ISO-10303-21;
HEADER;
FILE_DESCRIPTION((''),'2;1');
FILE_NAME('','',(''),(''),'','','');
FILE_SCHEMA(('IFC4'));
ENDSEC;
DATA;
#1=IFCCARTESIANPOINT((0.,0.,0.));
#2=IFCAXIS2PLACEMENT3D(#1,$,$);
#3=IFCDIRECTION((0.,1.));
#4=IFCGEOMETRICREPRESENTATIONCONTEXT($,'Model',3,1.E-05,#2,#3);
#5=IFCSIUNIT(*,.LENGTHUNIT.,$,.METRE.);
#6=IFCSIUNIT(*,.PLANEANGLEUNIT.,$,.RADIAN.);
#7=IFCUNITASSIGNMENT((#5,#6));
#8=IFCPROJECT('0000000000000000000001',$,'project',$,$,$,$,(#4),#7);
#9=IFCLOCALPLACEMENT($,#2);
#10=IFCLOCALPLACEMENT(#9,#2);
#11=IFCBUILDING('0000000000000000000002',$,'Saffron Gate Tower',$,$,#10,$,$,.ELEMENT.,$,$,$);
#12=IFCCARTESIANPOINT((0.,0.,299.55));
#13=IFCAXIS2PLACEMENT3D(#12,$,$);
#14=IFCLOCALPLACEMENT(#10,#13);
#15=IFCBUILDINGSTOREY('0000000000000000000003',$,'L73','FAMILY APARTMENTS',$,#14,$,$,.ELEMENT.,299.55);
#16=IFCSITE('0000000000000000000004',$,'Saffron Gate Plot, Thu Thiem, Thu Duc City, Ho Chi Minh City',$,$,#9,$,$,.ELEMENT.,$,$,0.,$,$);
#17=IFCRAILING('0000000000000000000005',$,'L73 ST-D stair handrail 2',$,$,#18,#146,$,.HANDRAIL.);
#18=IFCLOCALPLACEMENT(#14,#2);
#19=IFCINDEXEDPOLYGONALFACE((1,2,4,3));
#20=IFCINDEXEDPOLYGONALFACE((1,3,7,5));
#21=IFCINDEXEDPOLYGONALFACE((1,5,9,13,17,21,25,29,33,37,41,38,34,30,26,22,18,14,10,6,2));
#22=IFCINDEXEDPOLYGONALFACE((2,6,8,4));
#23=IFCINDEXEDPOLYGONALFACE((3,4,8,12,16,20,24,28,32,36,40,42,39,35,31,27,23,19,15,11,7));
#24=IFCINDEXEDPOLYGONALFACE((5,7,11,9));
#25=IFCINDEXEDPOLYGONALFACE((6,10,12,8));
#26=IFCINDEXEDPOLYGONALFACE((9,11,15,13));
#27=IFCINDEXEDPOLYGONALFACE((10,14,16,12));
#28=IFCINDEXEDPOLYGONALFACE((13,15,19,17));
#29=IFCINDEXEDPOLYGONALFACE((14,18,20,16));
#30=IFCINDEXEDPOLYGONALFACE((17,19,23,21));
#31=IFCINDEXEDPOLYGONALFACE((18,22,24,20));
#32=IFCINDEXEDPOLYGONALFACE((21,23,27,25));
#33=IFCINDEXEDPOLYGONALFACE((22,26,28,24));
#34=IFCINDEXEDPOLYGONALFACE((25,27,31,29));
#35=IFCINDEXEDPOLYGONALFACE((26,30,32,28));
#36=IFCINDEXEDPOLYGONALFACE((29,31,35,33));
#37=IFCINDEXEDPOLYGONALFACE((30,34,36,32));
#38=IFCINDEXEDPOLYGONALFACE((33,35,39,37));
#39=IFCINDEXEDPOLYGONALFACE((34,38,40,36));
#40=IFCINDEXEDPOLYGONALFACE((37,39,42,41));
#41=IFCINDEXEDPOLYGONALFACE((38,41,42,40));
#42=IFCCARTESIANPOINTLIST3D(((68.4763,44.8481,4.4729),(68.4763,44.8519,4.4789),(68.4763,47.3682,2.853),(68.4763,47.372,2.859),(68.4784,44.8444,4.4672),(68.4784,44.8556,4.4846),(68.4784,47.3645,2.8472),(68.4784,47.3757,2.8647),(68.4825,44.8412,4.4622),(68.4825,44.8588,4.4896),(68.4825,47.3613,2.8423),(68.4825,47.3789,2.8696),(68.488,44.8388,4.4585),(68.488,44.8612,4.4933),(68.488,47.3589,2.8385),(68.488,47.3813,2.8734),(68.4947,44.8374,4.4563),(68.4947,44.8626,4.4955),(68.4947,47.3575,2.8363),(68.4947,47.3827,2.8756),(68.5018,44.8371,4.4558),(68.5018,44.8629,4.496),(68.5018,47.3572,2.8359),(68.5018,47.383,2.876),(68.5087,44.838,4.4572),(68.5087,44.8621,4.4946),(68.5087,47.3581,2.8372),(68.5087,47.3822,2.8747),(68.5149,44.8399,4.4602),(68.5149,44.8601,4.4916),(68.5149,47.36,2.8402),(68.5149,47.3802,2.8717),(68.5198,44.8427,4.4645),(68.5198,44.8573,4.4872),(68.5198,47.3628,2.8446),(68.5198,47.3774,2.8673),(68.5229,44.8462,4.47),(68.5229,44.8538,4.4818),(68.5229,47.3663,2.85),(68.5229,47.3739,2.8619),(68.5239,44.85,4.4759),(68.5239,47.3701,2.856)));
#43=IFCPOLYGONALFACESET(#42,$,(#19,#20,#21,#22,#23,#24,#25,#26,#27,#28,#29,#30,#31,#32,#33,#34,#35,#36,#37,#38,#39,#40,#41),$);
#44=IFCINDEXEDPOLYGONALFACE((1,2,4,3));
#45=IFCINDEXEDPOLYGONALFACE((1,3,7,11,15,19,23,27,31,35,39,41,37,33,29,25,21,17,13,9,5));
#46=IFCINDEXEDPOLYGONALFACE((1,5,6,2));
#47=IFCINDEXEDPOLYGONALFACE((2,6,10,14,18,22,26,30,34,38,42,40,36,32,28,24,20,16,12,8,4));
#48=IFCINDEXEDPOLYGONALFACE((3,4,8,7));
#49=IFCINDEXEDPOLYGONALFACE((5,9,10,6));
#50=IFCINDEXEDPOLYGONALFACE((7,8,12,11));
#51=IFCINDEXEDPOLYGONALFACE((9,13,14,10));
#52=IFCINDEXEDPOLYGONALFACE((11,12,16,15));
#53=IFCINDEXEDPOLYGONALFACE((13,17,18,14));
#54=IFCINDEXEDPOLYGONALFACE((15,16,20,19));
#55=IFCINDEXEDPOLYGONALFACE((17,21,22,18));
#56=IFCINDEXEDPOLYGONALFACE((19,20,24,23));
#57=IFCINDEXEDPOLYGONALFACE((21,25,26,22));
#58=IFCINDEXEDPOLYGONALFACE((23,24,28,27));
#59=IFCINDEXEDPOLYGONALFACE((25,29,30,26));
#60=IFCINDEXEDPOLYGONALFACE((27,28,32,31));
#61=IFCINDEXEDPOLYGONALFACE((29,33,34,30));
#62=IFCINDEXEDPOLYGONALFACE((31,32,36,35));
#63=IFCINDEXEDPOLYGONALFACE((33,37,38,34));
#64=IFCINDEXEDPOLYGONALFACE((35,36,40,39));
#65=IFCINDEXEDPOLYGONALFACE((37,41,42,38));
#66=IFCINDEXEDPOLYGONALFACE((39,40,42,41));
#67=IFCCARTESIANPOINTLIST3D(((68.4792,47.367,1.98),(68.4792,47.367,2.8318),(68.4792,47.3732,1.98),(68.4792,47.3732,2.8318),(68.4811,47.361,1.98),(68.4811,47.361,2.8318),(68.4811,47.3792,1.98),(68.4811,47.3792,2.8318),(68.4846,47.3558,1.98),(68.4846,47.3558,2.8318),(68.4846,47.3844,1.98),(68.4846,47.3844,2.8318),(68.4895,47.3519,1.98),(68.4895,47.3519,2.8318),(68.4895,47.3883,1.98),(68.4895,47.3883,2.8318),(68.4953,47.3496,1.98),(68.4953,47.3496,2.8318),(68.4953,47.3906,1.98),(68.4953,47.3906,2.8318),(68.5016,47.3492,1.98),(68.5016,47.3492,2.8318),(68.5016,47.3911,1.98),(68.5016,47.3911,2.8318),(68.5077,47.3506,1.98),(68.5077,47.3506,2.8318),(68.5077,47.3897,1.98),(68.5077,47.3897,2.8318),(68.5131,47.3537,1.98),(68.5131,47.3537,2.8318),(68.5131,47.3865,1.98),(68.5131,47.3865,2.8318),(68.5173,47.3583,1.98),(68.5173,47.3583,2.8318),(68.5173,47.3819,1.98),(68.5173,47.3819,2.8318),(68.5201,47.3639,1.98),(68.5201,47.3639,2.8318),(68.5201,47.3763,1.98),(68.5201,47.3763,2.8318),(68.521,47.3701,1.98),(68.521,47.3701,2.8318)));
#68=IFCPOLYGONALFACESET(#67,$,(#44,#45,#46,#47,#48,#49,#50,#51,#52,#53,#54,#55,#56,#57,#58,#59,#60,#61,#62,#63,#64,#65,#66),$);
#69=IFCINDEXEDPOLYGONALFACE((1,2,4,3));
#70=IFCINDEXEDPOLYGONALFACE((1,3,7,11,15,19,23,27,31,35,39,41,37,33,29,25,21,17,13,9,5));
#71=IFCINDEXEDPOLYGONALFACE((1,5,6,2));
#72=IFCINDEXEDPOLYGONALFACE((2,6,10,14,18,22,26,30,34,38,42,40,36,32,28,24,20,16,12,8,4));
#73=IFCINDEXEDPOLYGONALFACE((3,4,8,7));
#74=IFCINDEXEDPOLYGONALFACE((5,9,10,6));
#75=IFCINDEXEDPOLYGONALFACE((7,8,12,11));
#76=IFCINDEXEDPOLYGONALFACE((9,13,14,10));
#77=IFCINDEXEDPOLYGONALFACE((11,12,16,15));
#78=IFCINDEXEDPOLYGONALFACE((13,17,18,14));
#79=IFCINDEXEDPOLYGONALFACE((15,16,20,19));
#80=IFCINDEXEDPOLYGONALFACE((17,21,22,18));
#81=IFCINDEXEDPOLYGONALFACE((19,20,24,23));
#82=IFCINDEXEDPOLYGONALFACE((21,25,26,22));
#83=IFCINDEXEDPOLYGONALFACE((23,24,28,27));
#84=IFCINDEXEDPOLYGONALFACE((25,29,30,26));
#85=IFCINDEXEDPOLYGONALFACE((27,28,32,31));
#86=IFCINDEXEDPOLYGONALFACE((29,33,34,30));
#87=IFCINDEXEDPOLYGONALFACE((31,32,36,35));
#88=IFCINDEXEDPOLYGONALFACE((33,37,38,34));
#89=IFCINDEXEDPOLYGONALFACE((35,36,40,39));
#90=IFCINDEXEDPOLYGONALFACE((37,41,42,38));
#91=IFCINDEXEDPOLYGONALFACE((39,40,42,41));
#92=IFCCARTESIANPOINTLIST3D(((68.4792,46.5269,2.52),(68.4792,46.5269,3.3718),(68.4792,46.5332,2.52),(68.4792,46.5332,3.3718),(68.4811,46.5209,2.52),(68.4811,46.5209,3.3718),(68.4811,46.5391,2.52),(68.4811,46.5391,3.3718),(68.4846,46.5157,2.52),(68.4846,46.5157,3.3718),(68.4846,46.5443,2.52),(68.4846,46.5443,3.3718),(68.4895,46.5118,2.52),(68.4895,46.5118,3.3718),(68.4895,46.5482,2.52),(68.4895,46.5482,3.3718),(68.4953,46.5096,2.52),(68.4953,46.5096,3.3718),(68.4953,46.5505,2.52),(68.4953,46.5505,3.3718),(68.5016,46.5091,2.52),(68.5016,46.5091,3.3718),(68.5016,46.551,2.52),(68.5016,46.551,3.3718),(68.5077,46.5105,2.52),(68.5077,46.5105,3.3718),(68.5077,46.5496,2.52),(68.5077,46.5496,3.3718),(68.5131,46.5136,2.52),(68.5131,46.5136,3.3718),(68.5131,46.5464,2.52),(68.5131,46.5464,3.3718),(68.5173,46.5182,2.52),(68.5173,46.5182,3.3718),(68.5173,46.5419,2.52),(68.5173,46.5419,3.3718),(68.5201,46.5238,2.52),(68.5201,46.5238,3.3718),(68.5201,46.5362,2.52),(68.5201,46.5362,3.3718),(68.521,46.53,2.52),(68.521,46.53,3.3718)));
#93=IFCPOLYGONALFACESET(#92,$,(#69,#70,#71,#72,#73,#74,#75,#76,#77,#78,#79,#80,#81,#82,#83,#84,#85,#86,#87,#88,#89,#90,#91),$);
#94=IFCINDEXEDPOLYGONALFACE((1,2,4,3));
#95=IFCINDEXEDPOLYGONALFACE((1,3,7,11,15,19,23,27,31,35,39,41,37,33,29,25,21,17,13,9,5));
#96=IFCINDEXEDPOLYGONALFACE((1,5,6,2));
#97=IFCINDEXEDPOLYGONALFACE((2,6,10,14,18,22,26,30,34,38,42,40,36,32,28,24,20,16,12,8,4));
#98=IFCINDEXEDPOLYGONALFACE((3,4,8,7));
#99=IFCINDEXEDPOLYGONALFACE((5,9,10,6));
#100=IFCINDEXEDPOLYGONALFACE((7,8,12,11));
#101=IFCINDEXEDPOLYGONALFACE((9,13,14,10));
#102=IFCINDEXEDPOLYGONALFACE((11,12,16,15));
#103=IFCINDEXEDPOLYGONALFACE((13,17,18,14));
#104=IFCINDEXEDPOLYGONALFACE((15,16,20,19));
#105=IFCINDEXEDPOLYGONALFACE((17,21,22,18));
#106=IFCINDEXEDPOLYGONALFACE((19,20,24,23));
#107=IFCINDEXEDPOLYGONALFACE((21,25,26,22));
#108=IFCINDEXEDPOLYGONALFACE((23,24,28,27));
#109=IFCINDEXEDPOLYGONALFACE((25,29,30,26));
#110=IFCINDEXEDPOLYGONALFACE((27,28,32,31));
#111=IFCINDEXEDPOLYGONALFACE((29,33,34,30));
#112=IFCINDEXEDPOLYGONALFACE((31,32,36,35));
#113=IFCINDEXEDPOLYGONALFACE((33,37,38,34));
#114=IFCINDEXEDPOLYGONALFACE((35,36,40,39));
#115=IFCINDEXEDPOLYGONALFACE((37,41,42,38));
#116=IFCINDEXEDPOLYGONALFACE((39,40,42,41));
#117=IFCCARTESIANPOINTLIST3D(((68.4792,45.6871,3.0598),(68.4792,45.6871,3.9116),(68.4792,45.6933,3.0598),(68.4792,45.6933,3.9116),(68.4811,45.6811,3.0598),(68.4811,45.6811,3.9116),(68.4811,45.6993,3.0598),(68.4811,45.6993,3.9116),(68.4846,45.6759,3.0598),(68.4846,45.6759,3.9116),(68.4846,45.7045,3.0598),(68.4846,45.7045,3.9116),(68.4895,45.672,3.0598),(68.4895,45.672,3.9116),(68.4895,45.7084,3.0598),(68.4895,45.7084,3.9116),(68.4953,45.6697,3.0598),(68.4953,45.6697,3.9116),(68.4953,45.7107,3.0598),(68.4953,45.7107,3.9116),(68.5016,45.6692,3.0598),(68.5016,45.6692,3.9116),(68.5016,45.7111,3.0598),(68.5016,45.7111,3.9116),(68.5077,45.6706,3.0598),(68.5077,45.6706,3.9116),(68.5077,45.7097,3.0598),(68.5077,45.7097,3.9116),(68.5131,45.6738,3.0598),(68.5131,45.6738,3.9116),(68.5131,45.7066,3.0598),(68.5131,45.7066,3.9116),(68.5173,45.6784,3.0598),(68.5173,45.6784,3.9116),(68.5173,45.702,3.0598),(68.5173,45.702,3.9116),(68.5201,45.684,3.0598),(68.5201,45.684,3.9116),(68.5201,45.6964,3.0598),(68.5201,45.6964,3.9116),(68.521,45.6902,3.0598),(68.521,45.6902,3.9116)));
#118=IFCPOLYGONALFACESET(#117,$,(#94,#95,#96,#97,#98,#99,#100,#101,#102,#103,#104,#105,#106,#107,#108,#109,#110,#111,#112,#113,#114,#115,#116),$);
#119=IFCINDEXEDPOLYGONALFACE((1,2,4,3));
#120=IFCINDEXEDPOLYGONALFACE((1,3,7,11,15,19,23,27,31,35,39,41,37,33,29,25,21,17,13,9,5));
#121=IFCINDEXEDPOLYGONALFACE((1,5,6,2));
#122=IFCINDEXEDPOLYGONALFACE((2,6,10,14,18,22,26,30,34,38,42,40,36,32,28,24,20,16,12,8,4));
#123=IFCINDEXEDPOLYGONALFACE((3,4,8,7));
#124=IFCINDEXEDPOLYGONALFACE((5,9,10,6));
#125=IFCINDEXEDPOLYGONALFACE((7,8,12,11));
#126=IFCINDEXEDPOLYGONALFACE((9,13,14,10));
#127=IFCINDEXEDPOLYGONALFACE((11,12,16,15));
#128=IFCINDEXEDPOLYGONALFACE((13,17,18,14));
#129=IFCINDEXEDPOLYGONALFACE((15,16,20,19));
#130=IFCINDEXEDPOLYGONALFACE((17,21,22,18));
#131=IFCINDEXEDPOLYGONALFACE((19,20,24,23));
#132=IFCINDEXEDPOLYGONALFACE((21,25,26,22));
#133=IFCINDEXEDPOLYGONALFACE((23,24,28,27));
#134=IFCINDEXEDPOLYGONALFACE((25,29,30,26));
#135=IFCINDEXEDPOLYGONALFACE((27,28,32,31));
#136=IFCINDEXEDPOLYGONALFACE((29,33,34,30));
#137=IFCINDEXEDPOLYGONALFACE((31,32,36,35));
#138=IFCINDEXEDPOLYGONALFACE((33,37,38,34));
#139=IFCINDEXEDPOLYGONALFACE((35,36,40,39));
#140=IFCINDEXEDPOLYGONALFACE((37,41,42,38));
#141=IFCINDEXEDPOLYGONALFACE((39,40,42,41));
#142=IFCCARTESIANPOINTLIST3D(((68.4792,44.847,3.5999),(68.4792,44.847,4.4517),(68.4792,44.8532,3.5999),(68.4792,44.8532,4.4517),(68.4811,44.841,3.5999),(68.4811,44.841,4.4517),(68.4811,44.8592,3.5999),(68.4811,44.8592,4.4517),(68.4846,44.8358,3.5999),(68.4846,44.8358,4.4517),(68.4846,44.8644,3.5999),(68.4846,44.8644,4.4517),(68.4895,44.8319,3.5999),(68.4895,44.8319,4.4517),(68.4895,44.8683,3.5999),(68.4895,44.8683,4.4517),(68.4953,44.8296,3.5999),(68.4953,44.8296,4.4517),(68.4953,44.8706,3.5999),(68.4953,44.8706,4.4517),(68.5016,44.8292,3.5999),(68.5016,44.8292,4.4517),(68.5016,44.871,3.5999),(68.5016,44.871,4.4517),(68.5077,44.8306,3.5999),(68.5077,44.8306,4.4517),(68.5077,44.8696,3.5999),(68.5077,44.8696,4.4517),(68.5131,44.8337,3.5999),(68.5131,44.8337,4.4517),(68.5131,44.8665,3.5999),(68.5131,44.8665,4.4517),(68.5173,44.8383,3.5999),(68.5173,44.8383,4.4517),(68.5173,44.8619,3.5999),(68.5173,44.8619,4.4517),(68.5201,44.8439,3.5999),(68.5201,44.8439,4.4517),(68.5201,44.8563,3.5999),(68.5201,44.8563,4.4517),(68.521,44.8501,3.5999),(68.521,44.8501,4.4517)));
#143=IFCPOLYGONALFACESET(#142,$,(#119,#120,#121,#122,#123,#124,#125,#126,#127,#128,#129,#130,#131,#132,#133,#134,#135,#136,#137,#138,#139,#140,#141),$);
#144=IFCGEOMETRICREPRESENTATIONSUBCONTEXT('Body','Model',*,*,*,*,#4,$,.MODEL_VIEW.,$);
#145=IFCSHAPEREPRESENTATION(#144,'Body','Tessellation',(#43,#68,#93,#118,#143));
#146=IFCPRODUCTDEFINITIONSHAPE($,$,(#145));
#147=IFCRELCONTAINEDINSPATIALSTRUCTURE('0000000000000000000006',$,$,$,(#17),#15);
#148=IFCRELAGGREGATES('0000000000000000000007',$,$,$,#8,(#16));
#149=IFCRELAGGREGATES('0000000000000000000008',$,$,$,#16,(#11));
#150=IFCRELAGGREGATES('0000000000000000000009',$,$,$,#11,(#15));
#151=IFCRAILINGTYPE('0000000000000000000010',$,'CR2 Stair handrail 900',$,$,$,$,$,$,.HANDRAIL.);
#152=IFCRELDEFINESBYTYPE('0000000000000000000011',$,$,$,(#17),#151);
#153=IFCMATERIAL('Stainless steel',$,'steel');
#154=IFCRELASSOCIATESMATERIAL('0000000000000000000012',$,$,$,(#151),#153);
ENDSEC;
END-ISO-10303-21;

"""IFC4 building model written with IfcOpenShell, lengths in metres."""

from ifc_helpers import new_model, si_unit, direction, frame, origin, origin_2d, place, context, subcontext, project, spatial, circle, extrude, material, type_object, element, save


model = new_model("IFC4")

# Units and contexts
model_context = context("Model", 3, precision=1e-05, world=origin(), true_north=direction((0.0, 1.0)))
body_context = subcontext(model_context, "Body", "Model", "MODEL_VIEW")
ifc_project = project(units=[si_unit("LENGTHUNIT", "METRE"), si_unit("PLANEANGLEUNIT", "RADIAN")], contexts=[model_context])

# Site, building, storey
site_placement = place(None, origin())
site = spatial("IfcSite", under=ifc_project, at=site_placement, Name="Saffron Gate Plot, Thu Thiem, Thu Duc City, Ho Chi Minh City", CompositionType="ELEMENT", RefElevation=0.0)
building_placement = place(site_placement, origin())
building = spatial("IfcBuilding", under=site, at=building_placement, Name="Saffron Gate Tower", CompositionType="ELEMENT")
storey_placement = place(building_placement, frame((0.0, 0.0, 299.55)))
storey = spatial("IfcBuildingStorey", under=building, at=storey_placement, Name="L73", Description="FAMILY APARTMENTS", CompositionType="ELEMENT", Elevation=299.55)

# Railing
ifc_material_1 = material(Name="Stainless steel", Category="steel")
railing_type_1 = type_object("IfcRailingType", Name="CR2 Stair handrail 900", PredefinedType="HANDRAIL", material=ifc_material_1)
railing_1_placement = place(storey_placement, frame((68.5, 47.3701, 1.98)))
element("IfcRailing", 1, at=railing_1_placement, inside=storey, type_object=railing_type_1, Name="L73 ST-D stair handrail 2", PredefinedType="HANDRAIL", context=body_context, shape_type="SweptSolid", body=[
    extrude(circle(Radius=0.0239, at=origin_2d()), frame((0.0, 0.0, 0.876), z_axis=(0.0, -0.8412, 0.540725), x_axis=(1.0, 0.0, 0.0)), (0.0, 0.0, 1.0), 2.9958),
    extrude(circle(Radius=0.021, at=origin_2d()), origin(), (0.0, 0.0, 1.0), 0.8518),
    extrude(circle(Radius=0.021, at=origin_2d()), frame((0.0, -0.8401, 0.54)), (0.0, 0.0, 1.0), 0.8518),
    extrude(circle(Radius=0.021, at=origin_2d()), frame((0.0, -1.6799, 1.0798)), (0.0, 0.0, 1.0), 0.8518),
    extrude(circle(Radius=0.021, at=origin_2d()), frame((0.0, -2.52, 1.6199)), (0.0, 0.0, 1.0), 0.8518),
])

save(model, "model.ifc")
